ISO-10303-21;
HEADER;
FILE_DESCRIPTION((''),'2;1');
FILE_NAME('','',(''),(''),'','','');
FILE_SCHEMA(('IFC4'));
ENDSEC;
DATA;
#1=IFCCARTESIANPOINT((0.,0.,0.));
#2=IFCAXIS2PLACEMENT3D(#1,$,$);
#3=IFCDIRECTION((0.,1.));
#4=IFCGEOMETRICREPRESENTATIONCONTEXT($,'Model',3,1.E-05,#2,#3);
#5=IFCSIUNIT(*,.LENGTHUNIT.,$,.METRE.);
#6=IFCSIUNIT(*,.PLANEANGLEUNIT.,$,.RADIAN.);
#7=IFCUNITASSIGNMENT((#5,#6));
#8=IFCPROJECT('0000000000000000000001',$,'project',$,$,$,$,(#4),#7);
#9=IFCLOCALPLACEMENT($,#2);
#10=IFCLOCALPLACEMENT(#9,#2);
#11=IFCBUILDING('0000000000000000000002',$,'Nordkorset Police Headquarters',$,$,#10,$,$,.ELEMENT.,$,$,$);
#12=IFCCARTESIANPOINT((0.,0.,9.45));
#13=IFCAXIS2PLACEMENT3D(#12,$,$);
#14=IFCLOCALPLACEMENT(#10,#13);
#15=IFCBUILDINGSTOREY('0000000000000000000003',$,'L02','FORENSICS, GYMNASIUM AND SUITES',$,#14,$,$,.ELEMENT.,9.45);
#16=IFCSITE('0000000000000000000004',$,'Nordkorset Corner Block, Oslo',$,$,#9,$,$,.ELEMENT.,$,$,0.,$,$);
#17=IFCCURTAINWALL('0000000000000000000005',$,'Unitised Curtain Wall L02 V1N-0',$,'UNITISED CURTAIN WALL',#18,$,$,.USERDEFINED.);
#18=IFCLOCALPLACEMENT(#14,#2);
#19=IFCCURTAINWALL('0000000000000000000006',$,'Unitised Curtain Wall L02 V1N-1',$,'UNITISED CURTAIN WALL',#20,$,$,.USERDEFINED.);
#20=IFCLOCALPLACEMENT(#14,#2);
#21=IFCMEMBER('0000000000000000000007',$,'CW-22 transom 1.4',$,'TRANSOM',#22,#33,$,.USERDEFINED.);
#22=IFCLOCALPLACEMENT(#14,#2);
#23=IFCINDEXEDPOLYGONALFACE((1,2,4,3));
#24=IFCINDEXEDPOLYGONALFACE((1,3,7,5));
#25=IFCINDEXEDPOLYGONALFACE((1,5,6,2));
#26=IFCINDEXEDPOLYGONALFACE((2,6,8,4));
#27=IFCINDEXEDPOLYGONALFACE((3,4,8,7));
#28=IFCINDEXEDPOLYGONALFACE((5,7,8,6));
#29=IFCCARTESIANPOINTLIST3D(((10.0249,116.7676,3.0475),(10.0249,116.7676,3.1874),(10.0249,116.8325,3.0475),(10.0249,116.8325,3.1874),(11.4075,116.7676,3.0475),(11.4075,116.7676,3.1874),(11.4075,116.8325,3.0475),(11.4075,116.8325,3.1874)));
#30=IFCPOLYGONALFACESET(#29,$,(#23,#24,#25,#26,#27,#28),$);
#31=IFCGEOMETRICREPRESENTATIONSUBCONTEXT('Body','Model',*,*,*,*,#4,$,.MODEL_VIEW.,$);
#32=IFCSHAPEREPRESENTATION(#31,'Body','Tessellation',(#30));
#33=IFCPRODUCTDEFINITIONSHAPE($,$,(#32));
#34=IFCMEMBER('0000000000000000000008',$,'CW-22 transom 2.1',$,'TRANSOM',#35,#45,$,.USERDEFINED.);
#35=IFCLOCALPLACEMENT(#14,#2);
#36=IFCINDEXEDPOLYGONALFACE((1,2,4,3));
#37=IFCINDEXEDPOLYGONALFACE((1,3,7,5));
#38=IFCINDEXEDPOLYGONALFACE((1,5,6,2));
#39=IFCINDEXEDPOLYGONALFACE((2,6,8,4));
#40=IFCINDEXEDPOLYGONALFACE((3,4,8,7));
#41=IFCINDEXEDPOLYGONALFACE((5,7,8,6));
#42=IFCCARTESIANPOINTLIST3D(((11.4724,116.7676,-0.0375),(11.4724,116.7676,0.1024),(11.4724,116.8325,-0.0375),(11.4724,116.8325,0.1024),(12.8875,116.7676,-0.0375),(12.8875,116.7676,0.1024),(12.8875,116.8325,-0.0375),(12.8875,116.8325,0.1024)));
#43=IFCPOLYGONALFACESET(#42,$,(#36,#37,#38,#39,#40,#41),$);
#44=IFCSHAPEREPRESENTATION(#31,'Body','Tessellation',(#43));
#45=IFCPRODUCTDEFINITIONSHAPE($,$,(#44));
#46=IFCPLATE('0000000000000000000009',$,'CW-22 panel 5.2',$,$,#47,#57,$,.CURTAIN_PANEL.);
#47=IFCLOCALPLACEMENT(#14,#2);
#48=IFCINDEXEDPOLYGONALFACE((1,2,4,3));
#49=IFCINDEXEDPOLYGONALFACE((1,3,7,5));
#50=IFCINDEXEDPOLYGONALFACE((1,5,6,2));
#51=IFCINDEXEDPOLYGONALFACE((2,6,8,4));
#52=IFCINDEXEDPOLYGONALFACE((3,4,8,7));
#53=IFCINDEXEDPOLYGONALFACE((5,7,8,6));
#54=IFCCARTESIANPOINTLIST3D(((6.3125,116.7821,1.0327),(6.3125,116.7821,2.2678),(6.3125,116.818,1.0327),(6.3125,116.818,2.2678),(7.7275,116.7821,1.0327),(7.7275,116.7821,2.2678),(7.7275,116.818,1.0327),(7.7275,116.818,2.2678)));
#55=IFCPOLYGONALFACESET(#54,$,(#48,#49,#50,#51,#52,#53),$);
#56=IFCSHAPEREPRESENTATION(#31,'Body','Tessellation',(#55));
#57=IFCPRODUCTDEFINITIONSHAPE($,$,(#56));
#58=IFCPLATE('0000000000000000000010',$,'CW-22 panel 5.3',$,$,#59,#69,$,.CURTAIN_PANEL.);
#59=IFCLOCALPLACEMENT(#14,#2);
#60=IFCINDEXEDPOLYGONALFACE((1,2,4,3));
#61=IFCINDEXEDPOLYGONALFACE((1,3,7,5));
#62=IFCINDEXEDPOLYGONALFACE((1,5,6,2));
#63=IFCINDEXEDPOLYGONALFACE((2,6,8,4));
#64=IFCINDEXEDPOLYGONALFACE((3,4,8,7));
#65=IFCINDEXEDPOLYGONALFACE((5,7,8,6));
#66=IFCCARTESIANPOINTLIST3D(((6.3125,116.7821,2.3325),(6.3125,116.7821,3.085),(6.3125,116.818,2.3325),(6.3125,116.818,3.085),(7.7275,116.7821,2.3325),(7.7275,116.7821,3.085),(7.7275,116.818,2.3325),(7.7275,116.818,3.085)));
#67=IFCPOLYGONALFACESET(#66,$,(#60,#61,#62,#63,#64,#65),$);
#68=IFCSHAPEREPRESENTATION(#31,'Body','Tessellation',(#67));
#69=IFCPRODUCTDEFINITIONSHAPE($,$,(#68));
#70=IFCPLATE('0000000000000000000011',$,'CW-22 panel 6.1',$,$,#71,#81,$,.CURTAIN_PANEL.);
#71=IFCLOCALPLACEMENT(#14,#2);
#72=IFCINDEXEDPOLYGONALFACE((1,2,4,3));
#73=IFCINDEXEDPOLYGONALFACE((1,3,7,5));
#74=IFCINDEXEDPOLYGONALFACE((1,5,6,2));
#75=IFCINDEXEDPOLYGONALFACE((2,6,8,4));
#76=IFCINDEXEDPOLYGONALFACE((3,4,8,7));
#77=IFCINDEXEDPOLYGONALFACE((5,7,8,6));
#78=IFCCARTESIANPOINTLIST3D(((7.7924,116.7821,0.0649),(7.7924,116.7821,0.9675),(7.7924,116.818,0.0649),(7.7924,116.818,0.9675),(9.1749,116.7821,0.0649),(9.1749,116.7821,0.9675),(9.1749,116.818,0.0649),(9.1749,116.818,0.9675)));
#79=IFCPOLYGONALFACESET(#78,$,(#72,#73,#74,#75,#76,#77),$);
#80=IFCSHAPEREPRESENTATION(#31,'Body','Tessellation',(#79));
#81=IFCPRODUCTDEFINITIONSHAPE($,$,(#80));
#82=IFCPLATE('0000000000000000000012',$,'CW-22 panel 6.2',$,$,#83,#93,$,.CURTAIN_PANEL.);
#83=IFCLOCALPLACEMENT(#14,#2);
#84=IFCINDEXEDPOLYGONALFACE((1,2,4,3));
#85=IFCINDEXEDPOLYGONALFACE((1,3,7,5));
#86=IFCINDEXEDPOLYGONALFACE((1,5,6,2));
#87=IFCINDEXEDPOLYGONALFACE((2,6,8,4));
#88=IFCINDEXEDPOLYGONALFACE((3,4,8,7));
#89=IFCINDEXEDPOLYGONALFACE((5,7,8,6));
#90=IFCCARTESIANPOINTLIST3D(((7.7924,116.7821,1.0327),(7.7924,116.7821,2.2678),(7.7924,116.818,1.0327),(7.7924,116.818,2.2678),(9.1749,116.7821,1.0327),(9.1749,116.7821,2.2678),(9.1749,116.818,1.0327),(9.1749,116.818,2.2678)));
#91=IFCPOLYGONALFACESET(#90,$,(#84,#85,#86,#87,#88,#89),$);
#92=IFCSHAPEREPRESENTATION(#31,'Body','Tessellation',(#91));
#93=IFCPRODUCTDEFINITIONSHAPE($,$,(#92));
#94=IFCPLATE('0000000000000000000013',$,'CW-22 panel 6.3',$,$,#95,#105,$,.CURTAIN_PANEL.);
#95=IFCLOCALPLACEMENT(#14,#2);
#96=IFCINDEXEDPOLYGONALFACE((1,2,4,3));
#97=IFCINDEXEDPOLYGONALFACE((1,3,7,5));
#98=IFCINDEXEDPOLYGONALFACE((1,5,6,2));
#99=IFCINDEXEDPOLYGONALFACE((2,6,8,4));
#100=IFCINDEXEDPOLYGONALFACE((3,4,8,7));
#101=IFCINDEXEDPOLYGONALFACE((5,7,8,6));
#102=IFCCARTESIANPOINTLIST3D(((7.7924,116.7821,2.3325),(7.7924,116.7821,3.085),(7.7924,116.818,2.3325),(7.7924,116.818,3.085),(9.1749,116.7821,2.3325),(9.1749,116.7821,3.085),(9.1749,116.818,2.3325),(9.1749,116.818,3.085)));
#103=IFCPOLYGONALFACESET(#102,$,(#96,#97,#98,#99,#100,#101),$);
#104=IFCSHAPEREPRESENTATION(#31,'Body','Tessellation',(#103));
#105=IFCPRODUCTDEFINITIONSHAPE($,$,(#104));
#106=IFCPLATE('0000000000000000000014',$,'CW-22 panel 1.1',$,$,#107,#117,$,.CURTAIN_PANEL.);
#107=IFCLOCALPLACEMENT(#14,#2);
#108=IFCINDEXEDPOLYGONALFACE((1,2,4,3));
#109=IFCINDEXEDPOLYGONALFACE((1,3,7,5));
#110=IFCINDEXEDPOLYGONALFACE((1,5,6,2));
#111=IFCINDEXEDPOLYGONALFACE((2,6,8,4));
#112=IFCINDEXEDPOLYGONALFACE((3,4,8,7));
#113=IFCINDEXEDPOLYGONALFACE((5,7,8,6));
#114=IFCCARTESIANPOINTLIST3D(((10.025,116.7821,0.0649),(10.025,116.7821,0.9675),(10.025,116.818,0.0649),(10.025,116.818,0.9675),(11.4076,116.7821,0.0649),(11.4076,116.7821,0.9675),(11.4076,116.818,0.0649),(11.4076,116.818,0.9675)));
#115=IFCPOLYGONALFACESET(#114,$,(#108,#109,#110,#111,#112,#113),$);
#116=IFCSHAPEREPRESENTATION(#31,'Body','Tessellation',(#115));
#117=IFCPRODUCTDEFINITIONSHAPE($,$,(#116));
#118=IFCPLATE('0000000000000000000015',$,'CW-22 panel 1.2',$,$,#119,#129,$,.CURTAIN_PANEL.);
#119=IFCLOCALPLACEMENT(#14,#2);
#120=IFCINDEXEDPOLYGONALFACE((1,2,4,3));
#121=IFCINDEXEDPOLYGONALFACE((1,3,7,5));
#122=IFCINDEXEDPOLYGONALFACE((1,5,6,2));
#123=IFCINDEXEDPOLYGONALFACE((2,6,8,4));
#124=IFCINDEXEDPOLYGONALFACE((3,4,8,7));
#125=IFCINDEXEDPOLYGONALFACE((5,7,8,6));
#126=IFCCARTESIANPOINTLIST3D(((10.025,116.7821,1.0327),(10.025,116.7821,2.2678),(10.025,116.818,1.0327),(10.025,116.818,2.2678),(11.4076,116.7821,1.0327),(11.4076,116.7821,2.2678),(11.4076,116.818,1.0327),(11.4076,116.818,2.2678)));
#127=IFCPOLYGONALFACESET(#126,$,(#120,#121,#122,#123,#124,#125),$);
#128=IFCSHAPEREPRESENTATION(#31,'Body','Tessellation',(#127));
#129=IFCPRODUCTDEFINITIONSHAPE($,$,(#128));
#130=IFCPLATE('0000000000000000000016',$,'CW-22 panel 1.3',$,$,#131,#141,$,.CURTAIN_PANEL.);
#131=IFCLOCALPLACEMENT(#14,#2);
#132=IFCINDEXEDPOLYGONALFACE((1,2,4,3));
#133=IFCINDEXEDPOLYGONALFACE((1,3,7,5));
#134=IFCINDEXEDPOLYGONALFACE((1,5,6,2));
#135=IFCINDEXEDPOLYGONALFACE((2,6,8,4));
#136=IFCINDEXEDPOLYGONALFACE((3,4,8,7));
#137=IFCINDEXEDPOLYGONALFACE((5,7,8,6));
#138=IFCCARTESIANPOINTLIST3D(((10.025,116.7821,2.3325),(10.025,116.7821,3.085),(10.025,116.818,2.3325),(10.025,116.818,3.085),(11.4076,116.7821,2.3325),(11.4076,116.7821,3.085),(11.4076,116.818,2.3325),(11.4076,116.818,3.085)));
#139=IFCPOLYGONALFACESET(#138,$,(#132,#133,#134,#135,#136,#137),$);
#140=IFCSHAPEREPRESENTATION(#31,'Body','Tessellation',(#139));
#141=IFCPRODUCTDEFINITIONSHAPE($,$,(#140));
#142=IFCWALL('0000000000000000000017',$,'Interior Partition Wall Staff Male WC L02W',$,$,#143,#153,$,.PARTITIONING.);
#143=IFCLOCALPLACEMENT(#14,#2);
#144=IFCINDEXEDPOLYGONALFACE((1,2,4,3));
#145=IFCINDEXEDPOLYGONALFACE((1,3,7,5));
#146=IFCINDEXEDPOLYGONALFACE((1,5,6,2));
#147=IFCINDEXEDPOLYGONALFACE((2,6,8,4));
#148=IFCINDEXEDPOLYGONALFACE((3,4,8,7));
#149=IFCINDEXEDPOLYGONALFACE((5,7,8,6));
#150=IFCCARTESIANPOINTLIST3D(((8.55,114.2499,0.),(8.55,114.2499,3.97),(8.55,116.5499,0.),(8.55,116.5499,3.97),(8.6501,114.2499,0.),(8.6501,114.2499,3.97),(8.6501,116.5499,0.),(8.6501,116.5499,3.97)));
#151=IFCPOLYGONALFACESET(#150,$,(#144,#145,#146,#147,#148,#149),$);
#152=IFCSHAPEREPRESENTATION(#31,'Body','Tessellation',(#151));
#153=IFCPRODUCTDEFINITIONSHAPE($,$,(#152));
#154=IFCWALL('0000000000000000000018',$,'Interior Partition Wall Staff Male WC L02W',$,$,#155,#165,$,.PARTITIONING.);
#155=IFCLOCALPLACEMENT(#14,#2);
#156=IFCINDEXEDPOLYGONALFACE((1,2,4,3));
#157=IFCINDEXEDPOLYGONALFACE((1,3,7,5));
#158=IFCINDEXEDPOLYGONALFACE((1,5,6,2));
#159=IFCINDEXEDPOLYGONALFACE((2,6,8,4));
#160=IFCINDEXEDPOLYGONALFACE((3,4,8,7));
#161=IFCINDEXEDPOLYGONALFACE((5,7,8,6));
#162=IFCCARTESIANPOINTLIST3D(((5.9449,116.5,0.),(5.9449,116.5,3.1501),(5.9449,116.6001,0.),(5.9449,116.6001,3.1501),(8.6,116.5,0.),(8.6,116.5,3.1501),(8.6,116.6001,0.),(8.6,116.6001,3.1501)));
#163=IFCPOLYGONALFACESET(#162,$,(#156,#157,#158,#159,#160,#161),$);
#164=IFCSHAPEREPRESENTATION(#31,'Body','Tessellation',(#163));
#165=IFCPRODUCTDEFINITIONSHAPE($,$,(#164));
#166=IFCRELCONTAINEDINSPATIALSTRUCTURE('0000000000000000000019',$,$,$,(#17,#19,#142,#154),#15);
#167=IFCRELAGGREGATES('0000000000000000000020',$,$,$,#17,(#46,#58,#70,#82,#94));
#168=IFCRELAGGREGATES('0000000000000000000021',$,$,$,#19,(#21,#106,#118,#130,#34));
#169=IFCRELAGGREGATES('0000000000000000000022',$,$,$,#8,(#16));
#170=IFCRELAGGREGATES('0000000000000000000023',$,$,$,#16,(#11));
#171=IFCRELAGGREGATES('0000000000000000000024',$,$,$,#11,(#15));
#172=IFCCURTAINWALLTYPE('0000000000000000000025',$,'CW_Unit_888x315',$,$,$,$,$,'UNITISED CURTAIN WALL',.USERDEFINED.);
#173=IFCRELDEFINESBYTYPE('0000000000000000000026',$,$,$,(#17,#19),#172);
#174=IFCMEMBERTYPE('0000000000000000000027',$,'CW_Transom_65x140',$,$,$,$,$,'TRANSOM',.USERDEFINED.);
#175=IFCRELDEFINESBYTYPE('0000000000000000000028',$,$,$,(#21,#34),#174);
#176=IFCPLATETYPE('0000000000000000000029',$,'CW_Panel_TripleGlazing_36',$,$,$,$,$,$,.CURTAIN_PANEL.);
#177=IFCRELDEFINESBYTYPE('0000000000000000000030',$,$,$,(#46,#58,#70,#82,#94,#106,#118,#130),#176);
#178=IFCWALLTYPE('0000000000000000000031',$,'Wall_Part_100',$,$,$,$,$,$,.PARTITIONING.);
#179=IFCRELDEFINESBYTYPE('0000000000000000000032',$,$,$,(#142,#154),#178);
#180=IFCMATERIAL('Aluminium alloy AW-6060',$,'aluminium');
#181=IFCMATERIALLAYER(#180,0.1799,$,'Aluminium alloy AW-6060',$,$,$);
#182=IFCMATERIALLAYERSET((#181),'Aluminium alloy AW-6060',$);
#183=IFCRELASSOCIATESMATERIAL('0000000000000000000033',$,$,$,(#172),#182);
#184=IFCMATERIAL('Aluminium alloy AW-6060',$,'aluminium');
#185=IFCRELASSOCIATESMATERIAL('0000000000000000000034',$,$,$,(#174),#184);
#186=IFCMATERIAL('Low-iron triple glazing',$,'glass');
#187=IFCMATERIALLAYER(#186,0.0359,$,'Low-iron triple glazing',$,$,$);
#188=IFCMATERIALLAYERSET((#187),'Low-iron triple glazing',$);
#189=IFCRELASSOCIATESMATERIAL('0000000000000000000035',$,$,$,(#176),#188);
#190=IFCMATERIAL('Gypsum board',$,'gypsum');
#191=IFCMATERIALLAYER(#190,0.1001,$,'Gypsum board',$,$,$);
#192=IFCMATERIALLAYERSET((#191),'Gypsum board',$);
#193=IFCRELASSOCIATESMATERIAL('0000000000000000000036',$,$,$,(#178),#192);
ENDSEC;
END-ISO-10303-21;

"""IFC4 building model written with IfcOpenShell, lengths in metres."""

from ifc_helpers import new_model, si_unit, direction, frame, frame_2d, origin, origin_2d, place, context, subcontext, project, spatial, rectangle, extrude, material, layer, layer_set, material_profile, profile_set, type_object, element, aggregate, save


model = new_model("IFC4")

# Units and contexts
model_context = context("Model", 3, precision=1e-05, world=origin(), true_north=direction((0.0, 1.0)))
body_context = subcontext(model_context, "Body", "Model", "MODEL_VIEW")
ifc_project = project(units=[si_unit("LENGTHUNIT", "METRE"), si_unit("PLANEANGLEUNIT", "RADIAN")], contexts=[model_context])

# Site, building, storey
site_placement = place(None, origin())
site = spatial("IfcSite", under=ifc_project, at=site_placement, Name="Nordkorset Corner Block, Oslo", CompositionType="ELEMENT", RefElevation=0.0)
building_placement = place(site_placement, origin())
building = spatial("IfcBuilding", under=site, at=building_placement, Name="Nordkorset Police Headquarters", CompositionType="ELEMENT")
storey_placement = place(building_placement, frame((0.0, 0.0, 9.45)))
storey = spatial("IfcBuildingStorey", under=building, at=storey_placement, Name="L02", Description="FORENSICS, GYMNASIUM AND SUITES", CompositionType="ELEMENT", Elevation=9.45)

# Curtain walls
ifc_material_1 = material(Name="Aluminium alloy AW-6060", Category="aluminium")
ifc_layer_1 = layer(ifc_material_1, 0.1799, Name="Aluminium alloy AW-6060")
ifc_layer_set_1 = layer_set([ifc_layer_1], Name="Aluminium alloy AW-6060")
curtain_wall_type = type_object("IfcCurtainWallType", Name="CW_Unit_888x315", ElementType="UNITISED CURTAIN WALL", PredefinedType="USERDEFINED", material=ifc_layer_set_1)
curtain_wall_1_placement = place(storey_placement, origin())
curtain_wall_1 = element("IfcCurtainWall", 1, at=curtain_wall_1_placement, inside=storey, type_object=curtain_wall_type, Name="Unitised Curtain Wall L02 V1N-0", ObjectType="UNITISED CURTAIN WALL", PredefinedType="USERDEFINED")
curtain_wall_2_placement = place(storey_placement, origin())
curtain_wall_2 = element("IfcCurtainWall", 2, at=curtain_wall_2_placement, inside=storey, type_object=curtain_wall_type, Name="Unitised Curtain Wall L02 V1N-1", ObjectType="UNITISED CURTAIN WALL", PredefinedType="USERDEFINED")

# Members
ifc_material_2 = material(Name="Aluminium alloy AW-6060", Category="aluminium")
ifc_material_profile_1 = material_profile(ifc_material_2, rectangle(XDim=0.0649, YDim=0.1399, at=origin_2d()), Name="ALU TRAN 65x140")
ifc_profile_set_1 = profile_set([ifc_material_profile_1], Name="Aluminium alloy AW-6060")
member_type_1 = type_object("IfcMemberType", Name="CW_Transom_65x140", ElementType="TRANSOM", PredefinedType="USERDEFINED", material=ifc_profile_set_1)
member_1_placement = place(storey_placement, frame((10.0249, 116.8, 3.1174), z_axis=(1.0, 0.0, 0.0), x_axis=(0.0, 1.0, 0.0)))
member_1 = element("IfcMember", 3, at=member_1_placement, type_object=member_type_1, Name="CW-22 transom 1.4", ObjectType="TRANSOM", PredefinedType="USERDEFINED", context=body_context, shape_type="SweptSolid", body=[
    extrude(rectangle(XDim=0.0649, YDim=0.1399, at=origin_2d()), origin(), (0.0, 0.0, 1.0), 1.3826),
])
member_2_placement = place(storey_placement, frame((11.4724, 116.8, 0.0325), z_axis=(1.0, 0.0, 0.0), x_axis=(0.0, 1.0, 0.0)))
member_2 = element("IfcMember", 4, at=member_2_placement, type_object=member_type_1, Name="CW-22 transom 2.1", ObjectType="TRANSOM", PredefinedType="USERDEFINED", context=body_context, shape_type="SweptSolid", body=[
    extrude(rectangle(XDim=0.0649, YDim=0.1399, at=origin_2d()), origin(), (0.0, 0.0, 1.0), 1.415),
])

# Plates
ifc_material_3 = material(Name="Low-iron triple glazing", Category="glass")
ifc_layer_2 = layer(ifc_material_3, 0.0359, Name="Low-iron triple glazing")
ifc_layer_set_2 = layer_set([ifc_layer_2], Name="Low-iron triple glazing")
plate_type = type_object("IfcPlateType", Name="CW_Panel_TripleGlazing_36", PredefinedType="CURTAIN_PANEL", material=ifc_layer_set_2)
plate_1_placement = place(storey_placement, frame((7.02, 116.8, 1.0327), z_axis=(0.0, 0.0, 1.0), x_axis=(1.0, 0.0, 0.0)))
plate_1 = element("IfcPlate", 5, at=plate_1_placement, type_object=plate_type, Name="CW-22 panel 5.2", PredefinedType="CURTAIN_PANEL", context=body_context, shape_type="SweptSolid", body=[
    extrude(rectangle(XDim=1.415, YDim=0.0359, at=origin_2d()), origin(), (0.0, 0.0, 1.0), 1.2351),
])
plate_2_placement = place(storey_placement, frame((7.02, 116.8, 2.3325), z_axis=(0.0, 0.0, 1.0), x_axis=(1.0, 0.0, 0.0)))
plate_2 = element("IfcPlate", 6, at=plate_2_placement, type_object=plate_type, Name="CW-22 panel 5.3", PredefinedType="CURTAIN_PANEL", context=body_context, shape_type="SweptSolid", body=[
    extrude(rectangle(XDim=1.415, YDim=0.0359, at=origin_2d()), origin(), (0.0, 0.0, 1.0), 0.7524),
])
plate_3_placement = place(storey_placement, frame((8.4836, 116.8, 0.0649), z_axis=(0.0, 0.0, 1.0), x_axis=(1.0, 0.0, 0.0)))
plate_3 = element("IfcPlate", 7, at=plate_3_placement, type_object=plate_type, Name="CW-22 panel 6.1", PredefinedType="CURTAIN_PANEL", context=body_context, shape_type="SweptSolid", body=[
    extrude(rectangle(XDim=1.3826, YDim=0.0359, at=origin_2d()), origin(), (0.0, 0.0, 1.0), 0.9026),
])
plate_4_placement = place(storey_placement, frame((8.4836, 116.8, 1.0327), z_axis=(0.0, 0.0, 1.0), x_axis=(1.0, 0.0, 0.0)))
plate_4 = element("IfcPlate", 8, at=plate_4_placement, type_object=plate_type, Name="CW-22 panel 6.2", PredefinedType="CURTAIN_PANEL", context=body_context, shape_type="SweptSolid", body=[
    extrude(rectangle(XDim=1.3826, YDim=0.0359, at=origin_2d()), origin(), (0.0, 0.0, 1.0), 1.2351),
])
plate_5_placement = place(storey_placement, frame((8.4836, 116.8, 2.3325), z_axis=(0.0, 0.0, 1.0), x_axis=(1.0, 0.0, 0.0)))
plate_5 = element("IfcPlate", 9, at=plate_5_placement, type_object=plate_type, Name="CW-22 panel 6.3", PredefinedType="CURTAIN_PANEL", context=body_context, shape_type="SweptSolid", body=[
    extrude(rectangle(XDim=1.3826, YDim=0.0359, at=origin_2d()), origin(), (0.0, 0.0, 1.0), 0.7524),
])
aggregate(curtain_wall_1, [plate_1, plate_2, plate_3, plate_4, plate_5])
plate_6_placement = place(storey_placement, frame((10.7163, 116.8, 0.0649), z_axis=(0.0, 0.0, 1.0), x_axis=(1.0, 0.0, 0.0)))
plate_6 = element("IfcPlate", 10, at=plate_6_placement, type_object=plate_type, Name="CW-22 panel 1.1", PredefinedType="CURTAIN_PANEL", context=body_context, shape_type="SweptSolid", body=[
    extrude(rectangle(XDim=1.3826, YDim=0.0359, at=origin_2d()), origin(), (0.0, 0.0, 1.0), 0.9026),
])
plate_7_placement = place(storey_placement, frame((10.7163, 116.8, 1.0327), z_axis=(0.0, 0.0, 1.0), x_axis=(1.0, 0.0, 0.0)))
plate_7 = element("IfcPlate", 11, at=plate_7_placement, type_object=plate_type, Name="CW-22 panel 1.2", PredefinedType="CURTAIN_PANEL", context=body_context, shape_type="SweptSolid", body=[
    extrude(rectangle(XDim=1.3826, YDim=0.0359, at=origin_2d()), origin(), (0.0, 0.0, 1.0), 1.2351),
])
plate_8_placement = place(storey_placement, frame((10.7163, 116.8, 2.3325), z_axis=(0.0, 0.0, 1.0), x_axis=(1.0, 0.0, 0.0)))
plate_8 = element("IfcPlate", 12, at=plate_8_placement, type_object=plate_type, Name="CW-22 panel 1.3", PredefinedType="CURTAIN_PANEL", context=body_context, shape_type="SweptSolid", body=[
    extrude(rectangle(XDim=1.3826, YDim=0.0359, at=origin_2d()), origin(), (0.0, 0.0, 1.0), 0.7524),
])
aggregate(curtain_wall_2, [member_1, plate_6, plate_7, plate_8, member_2])

# Walls
ifc_material_4 = material(Name="Gypsum board", Category="gypsum")
ifc_layer_3 = layer(ifc_material_4, 0.1001, Name="Gypsum board")
ifc_layer_set_3 = layer_set([ifc_layer_3], Name="Gypsum board")
wall_type = type_object("IfcWallType", Name="Wall_Part_100", PredefinedType="PARTITIONING", material=ifc_layer_set_3)
wall_1_placement = place(storey_placement, frame((8.6001, 114.25, 0.0), z_axis=(0.0, 0.0, 1.0), x_axis=(0.0, 1.0, 0.0)))
element("IfcWall", 13, at=wall_1_placement, inside=storey, type_object=wall_type, Name="Interior Partition Wall Staff Male WC L02W", PredefinedType="PARTITIONING", context=body_context, shape_type="SweptSolid", body=[
    extrude(rectangle(XDim=2.3, YDim=0.1001, at=frame_2d((1.1499, 0.0))), origin(), (0.0, 0.0, 1.0), 3.97),
])
wall_2_placement = place(storey_placement, frame((8.6001, 116.55, 0.0), z_axis=(0.0, 0.0, 1.0), x_axis=(-1.0, 0.0, 0.0)))
element("IfcWall", 14, at=wall_2_placement, inside=storey, type_object=wall_type, Name="Interior Partition Wall Staff Male WC L02W", PredefinedType="PARTITIONING", context=body_context, shape_type="SweptSolid", body=[
    extrude(rectangle(XDim=2.655, YDim=0.1001, at=frame_2d((1.3276, 0.0))), origin(), (0.0, 0.0, 1.0), 3.1501),
])

save(model, "model.ifc")
